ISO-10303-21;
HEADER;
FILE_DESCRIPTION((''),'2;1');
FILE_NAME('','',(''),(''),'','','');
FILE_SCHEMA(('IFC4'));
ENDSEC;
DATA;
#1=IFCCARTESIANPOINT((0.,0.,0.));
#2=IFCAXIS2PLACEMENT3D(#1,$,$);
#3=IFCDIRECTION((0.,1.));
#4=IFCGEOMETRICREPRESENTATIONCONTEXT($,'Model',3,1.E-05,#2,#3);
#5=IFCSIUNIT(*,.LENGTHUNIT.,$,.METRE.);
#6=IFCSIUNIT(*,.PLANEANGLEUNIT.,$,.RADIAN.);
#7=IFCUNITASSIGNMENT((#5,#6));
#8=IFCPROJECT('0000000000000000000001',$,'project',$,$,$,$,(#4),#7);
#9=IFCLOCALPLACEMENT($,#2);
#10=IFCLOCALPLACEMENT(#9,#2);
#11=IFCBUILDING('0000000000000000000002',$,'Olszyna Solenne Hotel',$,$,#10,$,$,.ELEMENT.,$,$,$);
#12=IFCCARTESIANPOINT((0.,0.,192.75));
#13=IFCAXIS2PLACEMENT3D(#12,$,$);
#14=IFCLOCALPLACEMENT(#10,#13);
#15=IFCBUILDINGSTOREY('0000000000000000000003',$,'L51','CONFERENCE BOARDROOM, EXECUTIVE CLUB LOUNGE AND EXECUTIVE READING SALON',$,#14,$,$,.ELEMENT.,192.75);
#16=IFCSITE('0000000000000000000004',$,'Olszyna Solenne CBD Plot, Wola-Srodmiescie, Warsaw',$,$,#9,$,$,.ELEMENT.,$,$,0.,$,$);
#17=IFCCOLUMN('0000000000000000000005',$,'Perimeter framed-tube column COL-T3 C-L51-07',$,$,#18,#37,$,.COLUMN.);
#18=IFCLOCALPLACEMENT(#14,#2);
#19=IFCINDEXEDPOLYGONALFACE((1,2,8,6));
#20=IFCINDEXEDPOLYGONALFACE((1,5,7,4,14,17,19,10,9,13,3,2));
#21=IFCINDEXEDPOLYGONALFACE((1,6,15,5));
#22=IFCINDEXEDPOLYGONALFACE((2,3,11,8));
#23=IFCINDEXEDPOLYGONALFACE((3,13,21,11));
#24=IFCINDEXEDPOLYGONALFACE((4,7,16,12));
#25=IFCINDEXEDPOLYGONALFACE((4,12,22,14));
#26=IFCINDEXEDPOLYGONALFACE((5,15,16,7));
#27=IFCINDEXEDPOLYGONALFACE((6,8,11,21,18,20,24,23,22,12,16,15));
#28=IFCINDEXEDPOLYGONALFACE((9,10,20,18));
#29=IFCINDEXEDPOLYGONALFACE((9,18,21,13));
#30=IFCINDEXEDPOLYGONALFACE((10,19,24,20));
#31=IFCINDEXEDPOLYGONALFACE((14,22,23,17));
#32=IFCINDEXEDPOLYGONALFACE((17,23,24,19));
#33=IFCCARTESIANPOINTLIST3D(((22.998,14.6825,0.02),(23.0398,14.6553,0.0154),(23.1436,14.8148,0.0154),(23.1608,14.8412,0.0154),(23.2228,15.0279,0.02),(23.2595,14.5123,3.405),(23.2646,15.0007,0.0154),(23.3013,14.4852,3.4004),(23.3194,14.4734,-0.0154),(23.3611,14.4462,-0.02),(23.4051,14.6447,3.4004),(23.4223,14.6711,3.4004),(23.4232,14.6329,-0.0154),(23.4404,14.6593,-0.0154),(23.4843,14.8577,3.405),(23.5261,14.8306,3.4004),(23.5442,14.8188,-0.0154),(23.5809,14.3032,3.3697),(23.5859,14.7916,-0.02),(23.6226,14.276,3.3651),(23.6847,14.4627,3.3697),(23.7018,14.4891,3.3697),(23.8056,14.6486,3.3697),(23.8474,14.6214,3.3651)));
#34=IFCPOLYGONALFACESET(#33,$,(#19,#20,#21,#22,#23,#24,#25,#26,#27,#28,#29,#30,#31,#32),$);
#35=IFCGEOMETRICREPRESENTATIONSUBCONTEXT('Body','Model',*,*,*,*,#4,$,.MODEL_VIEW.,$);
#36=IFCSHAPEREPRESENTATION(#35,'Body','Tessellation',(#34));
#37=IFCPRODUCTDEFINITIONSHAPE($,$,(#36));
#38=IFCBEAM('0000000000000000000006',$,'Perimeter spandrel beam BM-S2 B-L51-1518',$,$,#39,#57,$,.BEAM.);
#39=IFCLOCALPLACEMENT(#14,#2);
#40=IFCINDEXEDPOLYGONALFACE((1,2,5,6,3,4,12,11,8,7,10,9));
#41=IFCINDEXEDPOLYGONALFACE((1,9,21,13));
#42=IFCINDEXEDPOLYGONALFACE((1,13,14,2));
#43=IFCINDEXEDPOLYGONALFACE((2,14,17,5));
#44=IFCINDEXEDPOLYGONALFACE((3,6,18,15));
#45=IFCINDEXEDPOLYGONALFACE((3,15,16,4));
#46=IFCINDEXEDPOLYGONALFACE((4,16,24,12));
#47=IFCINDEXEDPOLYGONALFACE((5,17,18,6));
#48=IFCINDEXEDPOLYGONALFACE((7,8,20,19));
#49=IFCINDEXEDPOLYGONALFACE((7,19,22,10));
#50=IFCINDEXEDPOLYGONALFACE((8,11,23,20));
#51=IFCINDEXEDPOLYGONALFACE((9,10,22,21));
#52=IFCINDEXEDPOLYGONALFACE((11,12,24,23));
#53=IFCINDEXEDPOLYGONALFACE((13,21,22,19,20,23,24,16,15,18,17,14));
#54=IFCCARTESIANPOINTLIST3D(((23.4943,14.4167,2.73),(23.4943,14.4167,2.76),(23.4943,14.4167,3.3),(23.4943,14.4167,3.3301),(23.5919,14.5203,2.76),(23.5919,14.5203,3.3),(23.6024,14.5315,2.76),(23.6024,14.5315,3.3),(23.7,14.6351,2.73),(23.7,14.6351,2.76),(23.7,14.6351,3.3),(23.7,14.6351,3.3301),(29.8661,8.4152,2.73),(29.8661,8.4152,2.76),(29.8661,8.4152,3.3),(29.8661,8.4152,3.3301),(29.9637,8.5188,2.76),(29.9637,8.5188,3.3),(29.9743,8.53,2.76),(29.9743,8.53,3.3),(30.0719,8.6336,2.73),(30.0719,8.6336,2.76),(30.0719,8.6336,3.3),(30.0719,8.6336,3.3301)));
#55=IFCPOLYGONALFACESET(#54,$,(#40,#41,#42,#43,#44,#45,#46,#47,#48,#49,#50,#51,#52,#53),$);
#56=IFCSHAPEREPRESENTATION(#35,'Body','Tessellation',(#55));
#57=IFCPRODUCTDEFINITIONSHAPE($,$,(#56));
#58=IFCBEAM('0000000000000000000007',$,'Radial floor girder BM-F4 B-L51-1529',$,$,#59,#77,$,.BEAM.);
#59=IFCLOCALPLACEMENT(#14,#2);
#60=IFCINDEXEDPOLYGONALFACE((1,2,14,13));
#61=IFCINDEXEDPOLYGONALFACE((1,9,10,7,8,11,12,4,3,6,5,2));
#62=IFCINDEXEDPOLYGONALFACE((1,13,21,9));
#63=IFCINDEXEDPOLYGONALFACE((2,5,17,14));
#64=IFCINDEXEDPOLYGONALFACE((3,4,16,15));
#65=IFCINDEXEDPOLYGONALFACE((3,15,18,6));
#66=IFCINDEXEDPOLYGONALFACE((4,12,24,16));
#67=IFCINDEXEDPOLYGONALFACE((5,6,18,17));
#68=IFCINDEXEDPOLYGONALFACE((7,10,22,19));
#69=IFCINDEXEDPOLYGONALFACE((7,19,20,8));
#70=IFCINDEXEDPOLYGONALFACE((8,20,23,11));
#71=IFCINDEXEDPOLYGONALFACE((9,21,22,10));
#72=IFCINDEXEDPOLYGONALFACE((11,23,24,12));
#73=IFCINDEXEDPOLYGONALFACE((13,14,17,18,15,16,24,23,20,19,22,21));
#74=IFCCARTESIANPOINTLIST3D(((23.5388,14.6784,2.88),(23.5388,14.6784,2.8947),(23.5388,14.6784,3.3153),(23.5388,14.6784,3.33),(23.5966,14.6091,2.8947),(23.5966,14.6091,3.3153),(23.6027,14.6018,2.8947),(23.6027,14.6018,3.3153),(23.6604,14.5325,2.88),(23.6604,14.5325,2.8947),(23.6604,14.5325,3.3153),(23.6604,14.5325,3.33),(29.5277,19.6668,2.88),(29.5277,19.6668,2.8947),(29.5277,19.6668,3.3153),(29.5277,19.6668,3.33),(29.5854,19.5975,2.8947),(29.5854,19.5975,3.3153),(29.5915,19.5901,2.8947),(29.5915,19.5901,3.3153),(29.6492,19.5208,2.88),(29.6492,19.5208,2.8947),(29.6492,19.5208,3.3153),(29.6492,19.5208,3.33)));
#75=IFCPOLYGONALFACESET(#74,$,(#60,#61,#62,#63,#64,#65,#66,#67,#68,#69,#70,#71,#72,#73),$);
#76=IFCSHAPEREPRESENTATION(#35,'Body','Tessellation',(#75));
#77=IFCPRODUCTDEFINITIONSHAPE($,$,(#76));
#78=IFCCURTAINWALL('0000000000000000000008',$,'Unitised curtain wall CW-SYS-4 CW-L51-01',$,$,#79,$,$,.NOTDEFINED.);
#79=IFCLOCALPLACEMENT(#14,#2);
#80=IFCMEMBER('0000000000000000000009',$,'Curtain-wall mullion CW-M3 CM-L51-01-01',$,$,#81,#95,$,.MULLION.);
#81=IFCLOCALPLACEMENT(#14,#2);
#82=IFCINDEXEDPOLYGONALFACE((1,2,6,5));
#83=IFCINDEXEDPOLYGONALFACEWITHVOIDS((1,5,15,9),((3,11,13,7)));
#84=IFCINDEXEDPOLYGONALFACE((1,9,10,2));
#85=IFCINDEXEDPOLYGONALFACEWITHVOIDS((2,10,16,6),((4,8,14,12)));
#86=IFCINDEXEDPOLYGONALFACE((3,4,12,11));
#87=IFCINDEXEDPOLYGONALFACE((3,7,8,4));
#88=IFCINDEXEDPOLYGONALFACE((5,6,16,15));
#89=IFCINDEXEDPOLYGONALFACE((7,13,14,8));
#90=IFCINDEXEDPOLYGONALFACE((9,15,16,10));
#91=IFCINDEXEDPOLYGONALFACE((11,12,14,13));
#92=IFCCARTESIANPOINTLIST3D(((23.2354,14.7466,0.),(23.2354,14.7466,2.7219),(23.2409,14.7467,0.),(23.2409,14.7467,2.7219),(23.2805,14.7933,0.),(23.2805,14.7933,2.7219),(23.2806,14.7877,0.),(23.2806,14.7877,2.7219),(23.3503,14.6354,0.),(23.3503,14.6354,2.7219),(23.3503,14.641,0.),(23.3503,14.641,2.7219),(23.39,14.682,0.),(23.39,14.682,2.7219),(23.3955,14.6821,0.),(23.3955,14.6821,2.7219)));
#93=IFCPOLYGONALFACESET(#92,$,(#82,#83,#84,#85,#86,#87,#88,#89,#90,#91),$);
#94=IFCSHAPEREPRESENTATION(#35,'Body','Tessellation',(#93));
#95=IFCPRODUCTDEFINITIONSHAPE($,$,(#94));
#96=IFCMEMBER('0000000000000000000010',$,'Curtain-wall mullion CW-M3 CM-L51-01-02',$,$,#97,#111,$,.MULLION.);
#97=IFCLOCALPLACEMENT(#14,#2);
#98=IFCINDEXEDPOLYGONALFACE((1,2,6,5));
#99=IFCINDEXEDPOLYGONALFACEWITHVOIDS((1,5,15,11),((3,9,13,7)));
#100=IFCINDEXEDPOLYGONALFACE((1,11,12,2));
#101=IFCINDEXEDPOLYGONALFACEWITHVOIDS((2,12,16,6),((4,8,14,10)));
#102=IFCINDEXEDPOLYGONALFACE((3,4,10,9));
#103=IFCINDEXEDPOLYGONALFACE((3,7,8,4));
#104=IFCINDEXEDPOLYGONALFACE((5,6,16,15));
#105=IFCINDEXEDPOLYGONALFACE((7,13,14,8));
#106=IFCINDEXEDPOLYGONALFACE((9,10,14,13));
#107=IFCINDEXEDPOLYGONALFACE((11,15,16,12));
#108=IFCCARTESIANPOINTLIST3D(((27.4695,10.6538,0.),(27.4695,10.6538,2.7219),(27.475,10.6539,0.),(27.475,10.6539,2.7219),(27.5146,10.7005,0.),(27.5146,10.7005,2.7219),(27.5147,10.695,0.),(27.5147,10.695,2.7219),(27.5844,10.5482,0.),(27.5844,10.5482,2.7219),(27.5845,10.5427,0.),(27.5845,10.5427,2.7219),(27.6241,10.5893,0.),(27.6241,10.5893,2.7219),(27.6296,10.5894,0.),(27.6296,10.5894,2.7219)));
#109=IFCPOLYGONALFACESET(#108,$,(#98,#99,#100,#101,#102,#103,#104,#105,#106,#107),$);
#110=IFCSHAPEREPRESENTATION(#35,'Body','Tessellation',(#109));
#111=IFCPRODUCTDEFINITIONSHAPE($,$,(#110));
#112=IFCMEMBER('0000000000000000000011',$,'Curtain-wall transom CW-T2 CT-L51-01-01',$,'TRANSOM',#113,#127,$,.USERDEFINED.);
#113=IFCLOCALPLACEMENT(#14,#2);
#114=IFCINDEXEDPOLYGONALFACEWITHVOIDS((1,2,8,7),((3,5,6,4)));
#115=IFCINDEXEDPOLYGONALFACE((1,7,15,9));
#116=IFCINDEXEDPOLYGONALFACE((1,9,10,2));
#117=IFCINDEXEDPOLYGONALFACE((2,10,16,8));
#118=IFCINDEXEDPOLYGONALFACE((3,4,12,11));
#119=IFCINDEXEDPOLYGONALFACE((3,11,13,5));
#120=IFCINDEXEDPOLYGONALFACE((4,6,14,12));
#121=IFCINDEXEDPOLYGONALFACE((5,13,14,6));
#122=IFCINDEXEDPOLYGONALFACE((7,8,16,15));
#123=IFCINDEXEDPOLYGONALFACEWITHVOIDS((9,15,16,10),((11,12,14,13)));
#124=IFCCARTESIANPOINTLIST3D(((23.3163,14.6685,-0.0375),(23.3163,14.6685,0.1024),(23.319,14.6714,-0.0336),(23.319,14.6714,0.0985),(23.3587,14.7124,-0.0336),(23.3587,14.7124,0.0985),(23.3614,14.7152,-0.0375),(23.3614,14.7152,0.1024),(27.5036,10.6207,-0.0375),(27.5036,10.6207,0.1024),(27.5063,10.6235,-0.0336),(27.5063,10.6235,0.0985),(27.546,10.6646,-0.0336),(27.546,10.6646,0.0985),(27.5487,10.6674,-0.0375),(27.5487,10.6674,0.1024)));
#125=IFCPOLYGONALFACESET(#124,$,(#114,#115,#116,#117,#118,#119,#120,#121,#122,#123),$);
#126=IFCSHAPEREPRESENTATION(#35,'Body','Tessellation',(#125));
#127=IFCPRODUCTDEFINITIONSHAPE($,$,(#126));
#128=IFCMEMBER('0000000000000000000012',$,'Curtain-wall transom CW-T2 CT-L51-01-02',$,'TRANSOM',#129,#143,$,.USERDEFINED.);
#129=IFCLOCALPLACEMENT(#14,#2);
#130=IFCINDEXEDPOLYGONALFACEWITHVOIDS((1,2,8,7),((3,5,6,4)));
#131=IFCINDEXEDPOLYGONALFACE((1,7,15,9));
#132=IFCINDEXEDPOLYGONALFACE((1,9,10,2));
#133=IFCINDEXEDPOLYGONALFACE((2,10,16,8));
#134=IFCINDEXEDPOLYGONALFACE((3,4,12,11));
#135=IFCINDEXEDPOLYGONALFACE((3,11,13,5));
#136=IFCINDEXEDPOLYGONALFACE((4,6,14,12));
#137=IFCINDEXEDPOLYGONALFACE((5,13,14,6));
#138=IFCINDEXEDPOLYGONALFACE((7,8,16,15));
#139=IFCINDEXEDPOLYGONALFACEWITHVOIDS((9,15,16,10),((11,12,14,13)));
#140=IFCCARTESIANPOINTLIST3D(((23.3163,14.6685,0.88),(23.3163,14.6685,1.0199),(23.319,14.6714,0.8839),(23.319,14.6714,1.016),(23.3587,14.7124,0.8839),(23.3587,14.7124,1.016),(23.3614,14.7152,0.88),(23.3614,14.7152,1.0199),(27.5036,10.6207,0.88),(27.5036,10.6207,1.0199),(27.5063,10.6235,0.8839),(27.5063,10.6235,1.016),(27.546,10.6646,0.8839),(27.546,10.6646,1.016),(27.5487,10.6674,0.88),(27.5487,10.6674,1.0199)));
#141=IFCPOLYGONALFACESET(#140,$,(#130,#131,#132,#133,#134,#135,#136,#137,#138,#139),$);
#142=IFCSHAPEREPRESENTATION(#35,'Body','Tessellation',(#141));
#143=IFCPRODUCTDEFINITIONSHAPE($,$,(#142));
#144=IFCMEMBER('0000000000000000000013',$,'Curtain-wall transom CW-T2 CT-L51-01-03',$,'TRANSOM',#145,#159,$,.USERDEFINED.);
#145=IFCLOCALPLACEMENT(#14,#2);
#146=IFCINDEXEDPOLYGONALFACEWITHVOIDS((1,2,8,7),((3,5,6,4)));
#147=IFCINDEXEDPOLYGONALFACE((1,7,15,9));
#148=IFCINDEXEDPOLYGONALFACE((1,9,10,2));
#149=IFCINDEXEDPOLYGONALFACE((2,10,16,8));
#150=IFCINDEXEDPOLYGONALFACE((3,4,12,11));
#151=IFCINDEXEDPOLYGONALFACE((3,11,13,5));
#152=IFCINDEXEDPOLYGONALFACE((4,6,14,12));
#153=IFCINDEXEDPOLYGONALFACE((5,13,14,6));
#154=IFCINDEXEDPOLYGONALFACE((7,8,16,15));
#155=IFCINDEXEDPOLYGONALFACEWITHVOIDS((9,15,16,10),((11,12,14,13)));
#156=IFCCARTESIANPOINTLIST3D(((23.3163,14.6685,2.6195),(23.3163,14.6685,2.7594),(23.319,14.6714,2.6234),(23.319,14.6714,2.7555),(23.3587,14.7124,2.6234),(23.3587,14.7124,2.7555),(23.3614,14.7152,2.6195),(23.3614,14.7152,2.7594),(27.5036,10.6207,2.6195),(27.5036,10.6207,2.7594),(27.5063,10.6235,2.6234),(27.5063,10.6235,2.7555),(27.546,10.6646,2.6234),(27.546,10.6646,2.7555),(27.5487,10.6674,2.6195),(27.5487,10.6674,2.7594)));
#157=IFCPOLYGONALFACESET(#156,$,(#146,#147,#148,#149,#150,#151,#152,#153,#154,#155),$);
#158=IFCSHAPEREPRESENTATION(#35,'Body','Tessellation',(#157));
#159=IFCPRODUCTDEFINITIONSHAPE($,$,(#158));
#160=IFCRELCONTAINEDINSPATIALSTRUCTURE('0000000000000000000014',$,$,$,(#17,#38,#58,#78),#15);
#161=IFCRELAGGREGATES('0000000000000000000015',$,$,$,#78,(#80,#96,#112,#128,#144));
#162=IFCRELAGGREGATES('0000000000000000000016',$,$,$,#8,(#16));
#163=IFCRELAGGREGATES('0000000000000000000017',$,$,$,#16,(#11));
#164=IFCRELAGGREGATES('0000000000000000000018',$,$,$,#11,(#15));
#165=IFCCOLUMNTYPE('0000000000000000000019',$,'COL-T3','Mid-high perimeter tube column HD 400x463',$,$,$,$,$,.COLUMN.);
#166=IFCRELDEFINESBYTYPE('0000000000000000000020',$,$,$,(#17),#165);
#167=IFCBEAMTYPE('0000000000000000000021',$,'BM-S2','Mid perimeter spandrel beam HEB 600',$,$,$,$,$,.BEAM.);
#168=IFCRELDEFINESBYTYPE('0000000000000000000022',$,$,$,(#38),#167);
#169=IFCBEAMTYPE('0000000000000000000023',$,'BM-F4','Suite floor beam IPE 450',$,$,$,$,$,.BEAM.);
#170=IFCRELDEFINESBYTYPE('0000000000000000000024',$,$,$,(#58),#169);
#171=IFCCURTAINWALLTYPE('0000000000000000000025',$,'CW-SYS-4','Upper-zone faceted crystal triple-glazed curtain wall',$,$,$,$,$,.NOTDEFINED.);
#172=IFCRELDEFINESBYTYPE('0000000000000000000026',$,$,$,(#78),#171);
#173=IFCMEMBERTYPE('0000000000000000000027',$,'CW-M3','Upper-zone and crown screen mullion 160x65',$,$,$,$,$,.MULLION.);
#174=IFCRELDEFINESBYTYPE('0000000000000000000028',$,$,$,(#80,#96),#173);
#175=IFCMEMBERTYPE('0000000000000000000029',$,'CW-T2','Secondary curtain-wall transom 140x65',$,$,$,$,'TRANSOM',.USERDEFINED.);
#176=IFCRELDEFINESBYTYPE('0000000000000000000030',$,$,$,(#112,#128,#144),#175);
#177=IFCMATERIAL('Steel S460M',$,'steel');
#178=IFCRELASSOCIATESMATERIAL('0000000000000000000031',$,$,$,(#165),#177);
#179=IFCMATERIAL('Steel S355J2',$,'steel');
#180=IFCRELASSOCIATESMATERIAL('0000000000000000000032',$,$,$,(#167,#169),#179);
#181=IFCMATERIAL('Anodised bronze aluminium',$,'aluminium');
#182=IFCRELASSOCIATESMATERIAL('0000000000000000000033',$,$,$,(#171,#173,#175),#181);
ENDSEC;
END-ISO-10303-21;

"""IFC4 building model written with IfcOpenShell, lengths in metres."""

from ifc_helpers import new_model, si_unit, direction, frame, origin, origin_2d, place, context, subcontext, project, spatial, hollow_rectangle, i_section, extrude, source, transform, mapped, material, material_profile, profile_set, type_object, element, aggregate, save


model = new_model("IFC4")

# Units and contexts
model_context = context("Model", 3, precision=1e-05, world=origin(), true_north=direction((0.0, 1.0)))
body_context = subcontext(model_context, "Body", "Model", "MODEL_VIEW")
ifc_project = project(units=[si_unit("LENGTHUNIT", "METRE"), si_unit("PLANEANGLEUNIT", "RADIAN")], contexts=[model_context])

# Site, building, storey
site_placement = place(None, origin())
site = spatial("IfcSite", under=ifc_project, at=site_placement, Name="Olszyna Solenne CBD Plot, Wola-Srodmiescie, Warsaw", CompositionType="ELEMENT", RefElevation=0.0)
building_placement = place(site_placement, origin())
building = spatial("IfcBuilding", under=site, at=building_placement, Name="Olszyna Solenne Hotel", CompositionType="ELEMENT")
storey_placement = place(building_placement, frame((0.0, 0.0, 192.75)))
storey = spatial("IfcBuildingStorey", under=building, at=storey_placement, Name="L51", Description="CONFERENCE BOARDROOM, EXECUTIVE CLUB LOUNGE AND EXECUTIVE READING SALON", CompositionType="ELEMENT", Elevation=192.75)

# Column
ifc_material_1 = material(Name="Steel S460M", Category="steel")
ifc_material_profile_1 = material_profile(ifc_material_1, i_section(OverallWidth=0.4121, OverallDepth=0.4351, WebThickness=0.0315, FlangeThickness=0.05, at=origin_2d()), Name="HD 400x463", Category="load-bearing")
ifc_profile_set_1 = profile_set([ifc_material_profile_1], Name="Steel S460M")
column_type = type_object("IfcColumnType", Name="COL-T3", Description="Mid-high perimeter tube column HD 400x463", PredefinedType="COLUMN", material=ifc_profile_set_1)
shared_shape_1 = source(origin(), body_context, "Body", "SweptSolid", [
    extrude(i_section(OverallWidth=0.4121, OverallDepth=0.4351, WebThickness=0.0315, FlangeThickness=0.05, at=origin_2d()), origin(), (0.0, 0.0, 1.0), 3.3994),
])
column_placement = place(storey_placement, frame((23.292, 14.7371, 0.0), z_axis=(0.076919, -0.050058, 0.99578), x_axis=(0.545456, 0.83814, 0.0)))
element("IfcColumn", 1, at=column_placement, inside=storey, type_object=column_type, Name="Perimeter framed-tube column COL-T3 C-L51-07", PredefinedType="COLUMN", context=body_context, shape_type="MappedRepresentation", body=[
    mapped(shared_shape_1, transform((0.0, 0.0, 0.0), x_axis=(1.0, 0.0, 0.0), y_axis=(0.0, 1.0, 0.0), z_axis=(0.0, 0.0, 1.0), scale=1.0)),
])

# Beams
ifc_material_2 = material(Name="Steel S355J2", Category="steel")
ifc_material_profile_2 = material_profile(ifc_material_2, i_section(OverallWidth=0.3, OverallDepth=0.6001, WebThickness=0.0154, FlangeThickness=0.03, at=origin_2d()), Name="HEB 600", Category="load-bearing")
ifc_profile_set_2 = profile_set([ifc_material_profile_2], Name="Steel S355J2")
beam_type_1 = type_object("IfcBeamType", Name="BM-S2", Description="Mid perimeter spandrel beam HEB 600", PredefinedType="BEAM", material=ifc_profile_set_2)
shared_shape_2 = source(origin(), body_context, "Body", "SweptSolid", [
    extrude(i_section(OverallWidth=0.3, OverallDepth=0.6001, WebThickness=0.0154, FlangeThickness=0.03, at=origin_2d()), origin(), (0.0, 0.0, 1.0), 8.7532),
])
beam_1_placement = place(storey_placement, frame((23.5972, 14.5259, 3.03), z_axis=(0.727946, -0.685634, 0.0), x_axis=(0.685634, 0.727946, 0.0)))
element("IfcBeam", 2, at=beam_1_placement, inside=storey, type_object=beam_type_1, Name="Perimeter spandrel beam BM-S2 B-L51-1518", PredefinedType="BEAM", context=body_context, shape_type="MappedRepresentation", body=[
    mapped(shared_shape_2, transform((0.0, 0.0, 0.0), x_axis=(1.0, 0.0, 0.0), y_axis=(0.0, 1.0, 0.0), z_axis=(0.0, 0.0, 1.0), scale=1.0)),
])
ifc_material_profile_3 = material_profile(ifc_material_2, i_section(OverallWidth=0.1899, OverallDepth=0.45, WebThickness=0.0095, FlangeThickness=0.0146, at=origin_2d()), Name="IPE 450", Category="load-bearing")
ifc_profile_set_3 = profile_set([ifc_material_profile_3], Name="Steel S355J2")
beam_type_2 = type_object("IfcBeamType", Name="BM-F4", Description="Suite floor beam IPE 450", PredefinedType="BEAM", material=ifc_profile_set_3)
shared_shape_3 = source(origin(), body_context, "Body", "SweptSolid", [
    extrude(i_section(OverallWidth=0.1899, OverallDepth=0.45, WebThickness=0.0095, FlangeThickness=0.0146, at=origin_2d()), origin(), (0.0, 0.0, 1.0), 7.7942),
])
beam_2_placement = place(storey_placement, frame((23.5996, 14.6055, 3.105), z_axis=(0.76837, 0.640006, 0.0), x_axis=(-0.640006, 0.76837, 0.0)))
element("IfcBeam", 3, at=beam_2_placement, inside=storey, type_object=beam_type_2, Name="Radial floor girder BM-F4 B-L51-1529", PredefinedType="BEAM", context=body_context, shape_type="MappedRepresentation", body=[
    mapped(shared_shape_3, transform((0.0, 0.0, 0.0), x_axis=(1.0, 0.0, 0.0), y_axis=(0.0, 1.0, 0.0), z_axis=(0.0, 0.0, 1.0), scale=1.0)),
])

# Curtain wall, members
ifc_material_3 = material(Name="Anodised bronze aluminium", Category="aluminium")
curtain_wall_type = type_object("IfcCurtainWallType", Name="CW-SYS-4", Description="Upper-zone faceted crystal triple-glazed curtain wall", PredefinedType="NOTDEFINED", material=ifc_material_3)
curtain_wall_placement = place(storey_placement, origin())
curtain_wall = element("IfcCurtainWall", 4, at=curtain_wall_placement, inside=storey, type_object=curtain_wall_type, Name="Unitised curtain wall CW-SYS-4 CW-L51-01", PredefinedType="NOTDEFINED")
ifc_material_profile_4 = material_profile(ifc_material_3, hollow_rectangle(XDim=0.0649, YDim=0.1599, WallThickness=0.0039, at=origin_2d()), Name="MULL 160x65x4", Category="load-bearing")
ifc_profile_set_4 = profile_set([ifc_material_profile_4], Name="Anodised bronze aluminium")
member_type_1 = type_object("IfcMemberType", Name="CW-M3", Description="Upper-zone and crown screen mullion 160x65", PredefinedType="MULLION", material=ifc_profile_set_4)
shared_shape_4 = source(origin(), body_context, "Body", "SweptSolid", [
    extrude(hollow_rectangle(XDim=0.0649, YDim=0.1599, WallThickness=0.0039, at=origin_2d()), origin(), (0.0, 0.0, 1.0), 2.7219),
])
member_1_placement = place(storey_placement, frame((23.3154, 14.7144, 0.0), z_axis=(0.0, 0.0, 1.0), x_axis=(0.695023, 0.718987, 0.0)))
member_1 = element("IfcMember", 5, at=member_1_placement, type_object=member_type_1, Name="Curtain-wall mullion CW-M3 CM-L51-01-01", PredefinedType="MULLION", context=body_context, shape_type="MappedRepresentation", body=[
    mapped(shared_shape_4, transform((0.0, 0.0, 0.0), x_axis=(1.0, 0.0, 0.0), y_axis=(0.0, 1.0, 0.0), z_axis=(0.0, 0.0, 1.0), scale=1.0)),
])
member_2_placement = place(storey_placement, frame((27.5496, 10.6216, 0.0), z_axis=(0.0, 0.0, 1.0), x_axis=(0.695023, 0.718987, 0.0)))
member_2 = element("IfcMember", 6, at=member_2_placement, type_object=member_type_1, Name="Curtain-wall mullion CW-M3 CM-L51-01-02", PredefinedType="MULLION", context=body_context, shape_type="MappedRepresentation", body=[
    mapped(shared_shape_4, transform((0.0, 0.0, 0.0), x_axis=(1.0, 0.0, 0.0), y_axis=(0.0, 1.0, 0.0), z_axis=(0.0, 0.0, 1.0), scale=1.0)),
])
ifc_material_profile_5 = material_profile(ifc_material_3, hollow_rectangle(XDim=0.0649, YDim=0.1399, WallThickness=0.0039, at=origin_2d()), Name="TRAN 140x65x4", Category="load-bearing")
ifc_profile_set_5 = profile_set([ifc_material_profile_5], Name="Anodised bronze aluminium")
member_type_2 = type_object("IfcMemberType", Name="CW-T2", Description="Secondary curtain-wall transom 140x65", ElementType="TRANSOM", PredefinedType="USERDEFINED", material=ifc_profile_set_5)
shared_shape_5 = source(origin(), body_context, "Body", "SweptSolid", [
    extrude(hollow_rectangle(XDim=0.0649, YDim=0.1399, WallThickness=0.0039, at=origin_2d()), origin(), (0.0, 0.0, 1.0), 5.824),
])
member_3_placement = place(storey_placement, frame((23.3389, 14.6919, 0.0325), z_axis=(0.718974, -0.695037, 0.0), x_axis=(0.695037, 0.718974, 0.0)))
member_3 = element("IfcMember", 7, at=member_3_placement, type_object=member_type_2, Name="Curtain-wall transom CW-T2 CT-L51-01-01", ObjectType="TRANSOM", PredefinedType="USERDEFINED", context=body_context, shape_type="MappedRepresentation", body=[
    mapped(shared_shape_5, transform((0.0, 0.0, 0.0), x_axis=(1.0, 0.0, 0.0), y_axis=(0.0, 1.0, 0.0), z_axis=(0.0, 0.0, 1.0), scale=1.0)),
])
member_4_placement = place(storey_placement, frame((23.3389, 14.6919, 0.95), z_axis=(0.718974, -0.695037, 0.0), x_axis=(0.695037, 0.718974, 0.0)))
member_4 = element("IfcMember", 8, at=member_4_placement, type_object=member_type_2, Name="Curtain-wall transom CW-T2 CT-L51-01-02", ObjectType="TRANSOM", PredefinedType="USERDEFINED", context=body_context, shape_type="MappedRepresentation", body=[
    mapped(shared_shape_5, transform((0.0, 0.0, 0.0), x_axis=(1.0, 0.0, 0.0), y_axis=(0.0, 1.0, 0.0), z_axis=(0.0, 0.0, 1.0), scale=1.0)),
])
member_5_placement = place(storey_placement, frame((23.3389, 14.6919, 2.6895), z_axis=(0.718974, -0.695037, 0.0), x_axis=(0.695037, 0.718974, 0.0)))
member_5 = element("IfcMember", 9, at=member_5_placement, type_object=member_type_2, Name="Curtain-wall transom CW-T2 CT-L51-01-03", ObjectType="TRANSOM", PredefinedType="USERDEFINED", context=body_context, shape_type="MappedRepresentation", body=[
    mapped(shared_shape_5, transform((0.0, 0.0, 0.0), x_axis=(1.0, 0.0, 0.0), y_axis=(0.0, 1.0, 0.0), z_axis=(0.0, 0.0, 1.0), scale=1.0)),
])

aggregate(curtain_wall, [member_1, member_2, member_3, member_4, member_5])

save(model, "model.ifc")
